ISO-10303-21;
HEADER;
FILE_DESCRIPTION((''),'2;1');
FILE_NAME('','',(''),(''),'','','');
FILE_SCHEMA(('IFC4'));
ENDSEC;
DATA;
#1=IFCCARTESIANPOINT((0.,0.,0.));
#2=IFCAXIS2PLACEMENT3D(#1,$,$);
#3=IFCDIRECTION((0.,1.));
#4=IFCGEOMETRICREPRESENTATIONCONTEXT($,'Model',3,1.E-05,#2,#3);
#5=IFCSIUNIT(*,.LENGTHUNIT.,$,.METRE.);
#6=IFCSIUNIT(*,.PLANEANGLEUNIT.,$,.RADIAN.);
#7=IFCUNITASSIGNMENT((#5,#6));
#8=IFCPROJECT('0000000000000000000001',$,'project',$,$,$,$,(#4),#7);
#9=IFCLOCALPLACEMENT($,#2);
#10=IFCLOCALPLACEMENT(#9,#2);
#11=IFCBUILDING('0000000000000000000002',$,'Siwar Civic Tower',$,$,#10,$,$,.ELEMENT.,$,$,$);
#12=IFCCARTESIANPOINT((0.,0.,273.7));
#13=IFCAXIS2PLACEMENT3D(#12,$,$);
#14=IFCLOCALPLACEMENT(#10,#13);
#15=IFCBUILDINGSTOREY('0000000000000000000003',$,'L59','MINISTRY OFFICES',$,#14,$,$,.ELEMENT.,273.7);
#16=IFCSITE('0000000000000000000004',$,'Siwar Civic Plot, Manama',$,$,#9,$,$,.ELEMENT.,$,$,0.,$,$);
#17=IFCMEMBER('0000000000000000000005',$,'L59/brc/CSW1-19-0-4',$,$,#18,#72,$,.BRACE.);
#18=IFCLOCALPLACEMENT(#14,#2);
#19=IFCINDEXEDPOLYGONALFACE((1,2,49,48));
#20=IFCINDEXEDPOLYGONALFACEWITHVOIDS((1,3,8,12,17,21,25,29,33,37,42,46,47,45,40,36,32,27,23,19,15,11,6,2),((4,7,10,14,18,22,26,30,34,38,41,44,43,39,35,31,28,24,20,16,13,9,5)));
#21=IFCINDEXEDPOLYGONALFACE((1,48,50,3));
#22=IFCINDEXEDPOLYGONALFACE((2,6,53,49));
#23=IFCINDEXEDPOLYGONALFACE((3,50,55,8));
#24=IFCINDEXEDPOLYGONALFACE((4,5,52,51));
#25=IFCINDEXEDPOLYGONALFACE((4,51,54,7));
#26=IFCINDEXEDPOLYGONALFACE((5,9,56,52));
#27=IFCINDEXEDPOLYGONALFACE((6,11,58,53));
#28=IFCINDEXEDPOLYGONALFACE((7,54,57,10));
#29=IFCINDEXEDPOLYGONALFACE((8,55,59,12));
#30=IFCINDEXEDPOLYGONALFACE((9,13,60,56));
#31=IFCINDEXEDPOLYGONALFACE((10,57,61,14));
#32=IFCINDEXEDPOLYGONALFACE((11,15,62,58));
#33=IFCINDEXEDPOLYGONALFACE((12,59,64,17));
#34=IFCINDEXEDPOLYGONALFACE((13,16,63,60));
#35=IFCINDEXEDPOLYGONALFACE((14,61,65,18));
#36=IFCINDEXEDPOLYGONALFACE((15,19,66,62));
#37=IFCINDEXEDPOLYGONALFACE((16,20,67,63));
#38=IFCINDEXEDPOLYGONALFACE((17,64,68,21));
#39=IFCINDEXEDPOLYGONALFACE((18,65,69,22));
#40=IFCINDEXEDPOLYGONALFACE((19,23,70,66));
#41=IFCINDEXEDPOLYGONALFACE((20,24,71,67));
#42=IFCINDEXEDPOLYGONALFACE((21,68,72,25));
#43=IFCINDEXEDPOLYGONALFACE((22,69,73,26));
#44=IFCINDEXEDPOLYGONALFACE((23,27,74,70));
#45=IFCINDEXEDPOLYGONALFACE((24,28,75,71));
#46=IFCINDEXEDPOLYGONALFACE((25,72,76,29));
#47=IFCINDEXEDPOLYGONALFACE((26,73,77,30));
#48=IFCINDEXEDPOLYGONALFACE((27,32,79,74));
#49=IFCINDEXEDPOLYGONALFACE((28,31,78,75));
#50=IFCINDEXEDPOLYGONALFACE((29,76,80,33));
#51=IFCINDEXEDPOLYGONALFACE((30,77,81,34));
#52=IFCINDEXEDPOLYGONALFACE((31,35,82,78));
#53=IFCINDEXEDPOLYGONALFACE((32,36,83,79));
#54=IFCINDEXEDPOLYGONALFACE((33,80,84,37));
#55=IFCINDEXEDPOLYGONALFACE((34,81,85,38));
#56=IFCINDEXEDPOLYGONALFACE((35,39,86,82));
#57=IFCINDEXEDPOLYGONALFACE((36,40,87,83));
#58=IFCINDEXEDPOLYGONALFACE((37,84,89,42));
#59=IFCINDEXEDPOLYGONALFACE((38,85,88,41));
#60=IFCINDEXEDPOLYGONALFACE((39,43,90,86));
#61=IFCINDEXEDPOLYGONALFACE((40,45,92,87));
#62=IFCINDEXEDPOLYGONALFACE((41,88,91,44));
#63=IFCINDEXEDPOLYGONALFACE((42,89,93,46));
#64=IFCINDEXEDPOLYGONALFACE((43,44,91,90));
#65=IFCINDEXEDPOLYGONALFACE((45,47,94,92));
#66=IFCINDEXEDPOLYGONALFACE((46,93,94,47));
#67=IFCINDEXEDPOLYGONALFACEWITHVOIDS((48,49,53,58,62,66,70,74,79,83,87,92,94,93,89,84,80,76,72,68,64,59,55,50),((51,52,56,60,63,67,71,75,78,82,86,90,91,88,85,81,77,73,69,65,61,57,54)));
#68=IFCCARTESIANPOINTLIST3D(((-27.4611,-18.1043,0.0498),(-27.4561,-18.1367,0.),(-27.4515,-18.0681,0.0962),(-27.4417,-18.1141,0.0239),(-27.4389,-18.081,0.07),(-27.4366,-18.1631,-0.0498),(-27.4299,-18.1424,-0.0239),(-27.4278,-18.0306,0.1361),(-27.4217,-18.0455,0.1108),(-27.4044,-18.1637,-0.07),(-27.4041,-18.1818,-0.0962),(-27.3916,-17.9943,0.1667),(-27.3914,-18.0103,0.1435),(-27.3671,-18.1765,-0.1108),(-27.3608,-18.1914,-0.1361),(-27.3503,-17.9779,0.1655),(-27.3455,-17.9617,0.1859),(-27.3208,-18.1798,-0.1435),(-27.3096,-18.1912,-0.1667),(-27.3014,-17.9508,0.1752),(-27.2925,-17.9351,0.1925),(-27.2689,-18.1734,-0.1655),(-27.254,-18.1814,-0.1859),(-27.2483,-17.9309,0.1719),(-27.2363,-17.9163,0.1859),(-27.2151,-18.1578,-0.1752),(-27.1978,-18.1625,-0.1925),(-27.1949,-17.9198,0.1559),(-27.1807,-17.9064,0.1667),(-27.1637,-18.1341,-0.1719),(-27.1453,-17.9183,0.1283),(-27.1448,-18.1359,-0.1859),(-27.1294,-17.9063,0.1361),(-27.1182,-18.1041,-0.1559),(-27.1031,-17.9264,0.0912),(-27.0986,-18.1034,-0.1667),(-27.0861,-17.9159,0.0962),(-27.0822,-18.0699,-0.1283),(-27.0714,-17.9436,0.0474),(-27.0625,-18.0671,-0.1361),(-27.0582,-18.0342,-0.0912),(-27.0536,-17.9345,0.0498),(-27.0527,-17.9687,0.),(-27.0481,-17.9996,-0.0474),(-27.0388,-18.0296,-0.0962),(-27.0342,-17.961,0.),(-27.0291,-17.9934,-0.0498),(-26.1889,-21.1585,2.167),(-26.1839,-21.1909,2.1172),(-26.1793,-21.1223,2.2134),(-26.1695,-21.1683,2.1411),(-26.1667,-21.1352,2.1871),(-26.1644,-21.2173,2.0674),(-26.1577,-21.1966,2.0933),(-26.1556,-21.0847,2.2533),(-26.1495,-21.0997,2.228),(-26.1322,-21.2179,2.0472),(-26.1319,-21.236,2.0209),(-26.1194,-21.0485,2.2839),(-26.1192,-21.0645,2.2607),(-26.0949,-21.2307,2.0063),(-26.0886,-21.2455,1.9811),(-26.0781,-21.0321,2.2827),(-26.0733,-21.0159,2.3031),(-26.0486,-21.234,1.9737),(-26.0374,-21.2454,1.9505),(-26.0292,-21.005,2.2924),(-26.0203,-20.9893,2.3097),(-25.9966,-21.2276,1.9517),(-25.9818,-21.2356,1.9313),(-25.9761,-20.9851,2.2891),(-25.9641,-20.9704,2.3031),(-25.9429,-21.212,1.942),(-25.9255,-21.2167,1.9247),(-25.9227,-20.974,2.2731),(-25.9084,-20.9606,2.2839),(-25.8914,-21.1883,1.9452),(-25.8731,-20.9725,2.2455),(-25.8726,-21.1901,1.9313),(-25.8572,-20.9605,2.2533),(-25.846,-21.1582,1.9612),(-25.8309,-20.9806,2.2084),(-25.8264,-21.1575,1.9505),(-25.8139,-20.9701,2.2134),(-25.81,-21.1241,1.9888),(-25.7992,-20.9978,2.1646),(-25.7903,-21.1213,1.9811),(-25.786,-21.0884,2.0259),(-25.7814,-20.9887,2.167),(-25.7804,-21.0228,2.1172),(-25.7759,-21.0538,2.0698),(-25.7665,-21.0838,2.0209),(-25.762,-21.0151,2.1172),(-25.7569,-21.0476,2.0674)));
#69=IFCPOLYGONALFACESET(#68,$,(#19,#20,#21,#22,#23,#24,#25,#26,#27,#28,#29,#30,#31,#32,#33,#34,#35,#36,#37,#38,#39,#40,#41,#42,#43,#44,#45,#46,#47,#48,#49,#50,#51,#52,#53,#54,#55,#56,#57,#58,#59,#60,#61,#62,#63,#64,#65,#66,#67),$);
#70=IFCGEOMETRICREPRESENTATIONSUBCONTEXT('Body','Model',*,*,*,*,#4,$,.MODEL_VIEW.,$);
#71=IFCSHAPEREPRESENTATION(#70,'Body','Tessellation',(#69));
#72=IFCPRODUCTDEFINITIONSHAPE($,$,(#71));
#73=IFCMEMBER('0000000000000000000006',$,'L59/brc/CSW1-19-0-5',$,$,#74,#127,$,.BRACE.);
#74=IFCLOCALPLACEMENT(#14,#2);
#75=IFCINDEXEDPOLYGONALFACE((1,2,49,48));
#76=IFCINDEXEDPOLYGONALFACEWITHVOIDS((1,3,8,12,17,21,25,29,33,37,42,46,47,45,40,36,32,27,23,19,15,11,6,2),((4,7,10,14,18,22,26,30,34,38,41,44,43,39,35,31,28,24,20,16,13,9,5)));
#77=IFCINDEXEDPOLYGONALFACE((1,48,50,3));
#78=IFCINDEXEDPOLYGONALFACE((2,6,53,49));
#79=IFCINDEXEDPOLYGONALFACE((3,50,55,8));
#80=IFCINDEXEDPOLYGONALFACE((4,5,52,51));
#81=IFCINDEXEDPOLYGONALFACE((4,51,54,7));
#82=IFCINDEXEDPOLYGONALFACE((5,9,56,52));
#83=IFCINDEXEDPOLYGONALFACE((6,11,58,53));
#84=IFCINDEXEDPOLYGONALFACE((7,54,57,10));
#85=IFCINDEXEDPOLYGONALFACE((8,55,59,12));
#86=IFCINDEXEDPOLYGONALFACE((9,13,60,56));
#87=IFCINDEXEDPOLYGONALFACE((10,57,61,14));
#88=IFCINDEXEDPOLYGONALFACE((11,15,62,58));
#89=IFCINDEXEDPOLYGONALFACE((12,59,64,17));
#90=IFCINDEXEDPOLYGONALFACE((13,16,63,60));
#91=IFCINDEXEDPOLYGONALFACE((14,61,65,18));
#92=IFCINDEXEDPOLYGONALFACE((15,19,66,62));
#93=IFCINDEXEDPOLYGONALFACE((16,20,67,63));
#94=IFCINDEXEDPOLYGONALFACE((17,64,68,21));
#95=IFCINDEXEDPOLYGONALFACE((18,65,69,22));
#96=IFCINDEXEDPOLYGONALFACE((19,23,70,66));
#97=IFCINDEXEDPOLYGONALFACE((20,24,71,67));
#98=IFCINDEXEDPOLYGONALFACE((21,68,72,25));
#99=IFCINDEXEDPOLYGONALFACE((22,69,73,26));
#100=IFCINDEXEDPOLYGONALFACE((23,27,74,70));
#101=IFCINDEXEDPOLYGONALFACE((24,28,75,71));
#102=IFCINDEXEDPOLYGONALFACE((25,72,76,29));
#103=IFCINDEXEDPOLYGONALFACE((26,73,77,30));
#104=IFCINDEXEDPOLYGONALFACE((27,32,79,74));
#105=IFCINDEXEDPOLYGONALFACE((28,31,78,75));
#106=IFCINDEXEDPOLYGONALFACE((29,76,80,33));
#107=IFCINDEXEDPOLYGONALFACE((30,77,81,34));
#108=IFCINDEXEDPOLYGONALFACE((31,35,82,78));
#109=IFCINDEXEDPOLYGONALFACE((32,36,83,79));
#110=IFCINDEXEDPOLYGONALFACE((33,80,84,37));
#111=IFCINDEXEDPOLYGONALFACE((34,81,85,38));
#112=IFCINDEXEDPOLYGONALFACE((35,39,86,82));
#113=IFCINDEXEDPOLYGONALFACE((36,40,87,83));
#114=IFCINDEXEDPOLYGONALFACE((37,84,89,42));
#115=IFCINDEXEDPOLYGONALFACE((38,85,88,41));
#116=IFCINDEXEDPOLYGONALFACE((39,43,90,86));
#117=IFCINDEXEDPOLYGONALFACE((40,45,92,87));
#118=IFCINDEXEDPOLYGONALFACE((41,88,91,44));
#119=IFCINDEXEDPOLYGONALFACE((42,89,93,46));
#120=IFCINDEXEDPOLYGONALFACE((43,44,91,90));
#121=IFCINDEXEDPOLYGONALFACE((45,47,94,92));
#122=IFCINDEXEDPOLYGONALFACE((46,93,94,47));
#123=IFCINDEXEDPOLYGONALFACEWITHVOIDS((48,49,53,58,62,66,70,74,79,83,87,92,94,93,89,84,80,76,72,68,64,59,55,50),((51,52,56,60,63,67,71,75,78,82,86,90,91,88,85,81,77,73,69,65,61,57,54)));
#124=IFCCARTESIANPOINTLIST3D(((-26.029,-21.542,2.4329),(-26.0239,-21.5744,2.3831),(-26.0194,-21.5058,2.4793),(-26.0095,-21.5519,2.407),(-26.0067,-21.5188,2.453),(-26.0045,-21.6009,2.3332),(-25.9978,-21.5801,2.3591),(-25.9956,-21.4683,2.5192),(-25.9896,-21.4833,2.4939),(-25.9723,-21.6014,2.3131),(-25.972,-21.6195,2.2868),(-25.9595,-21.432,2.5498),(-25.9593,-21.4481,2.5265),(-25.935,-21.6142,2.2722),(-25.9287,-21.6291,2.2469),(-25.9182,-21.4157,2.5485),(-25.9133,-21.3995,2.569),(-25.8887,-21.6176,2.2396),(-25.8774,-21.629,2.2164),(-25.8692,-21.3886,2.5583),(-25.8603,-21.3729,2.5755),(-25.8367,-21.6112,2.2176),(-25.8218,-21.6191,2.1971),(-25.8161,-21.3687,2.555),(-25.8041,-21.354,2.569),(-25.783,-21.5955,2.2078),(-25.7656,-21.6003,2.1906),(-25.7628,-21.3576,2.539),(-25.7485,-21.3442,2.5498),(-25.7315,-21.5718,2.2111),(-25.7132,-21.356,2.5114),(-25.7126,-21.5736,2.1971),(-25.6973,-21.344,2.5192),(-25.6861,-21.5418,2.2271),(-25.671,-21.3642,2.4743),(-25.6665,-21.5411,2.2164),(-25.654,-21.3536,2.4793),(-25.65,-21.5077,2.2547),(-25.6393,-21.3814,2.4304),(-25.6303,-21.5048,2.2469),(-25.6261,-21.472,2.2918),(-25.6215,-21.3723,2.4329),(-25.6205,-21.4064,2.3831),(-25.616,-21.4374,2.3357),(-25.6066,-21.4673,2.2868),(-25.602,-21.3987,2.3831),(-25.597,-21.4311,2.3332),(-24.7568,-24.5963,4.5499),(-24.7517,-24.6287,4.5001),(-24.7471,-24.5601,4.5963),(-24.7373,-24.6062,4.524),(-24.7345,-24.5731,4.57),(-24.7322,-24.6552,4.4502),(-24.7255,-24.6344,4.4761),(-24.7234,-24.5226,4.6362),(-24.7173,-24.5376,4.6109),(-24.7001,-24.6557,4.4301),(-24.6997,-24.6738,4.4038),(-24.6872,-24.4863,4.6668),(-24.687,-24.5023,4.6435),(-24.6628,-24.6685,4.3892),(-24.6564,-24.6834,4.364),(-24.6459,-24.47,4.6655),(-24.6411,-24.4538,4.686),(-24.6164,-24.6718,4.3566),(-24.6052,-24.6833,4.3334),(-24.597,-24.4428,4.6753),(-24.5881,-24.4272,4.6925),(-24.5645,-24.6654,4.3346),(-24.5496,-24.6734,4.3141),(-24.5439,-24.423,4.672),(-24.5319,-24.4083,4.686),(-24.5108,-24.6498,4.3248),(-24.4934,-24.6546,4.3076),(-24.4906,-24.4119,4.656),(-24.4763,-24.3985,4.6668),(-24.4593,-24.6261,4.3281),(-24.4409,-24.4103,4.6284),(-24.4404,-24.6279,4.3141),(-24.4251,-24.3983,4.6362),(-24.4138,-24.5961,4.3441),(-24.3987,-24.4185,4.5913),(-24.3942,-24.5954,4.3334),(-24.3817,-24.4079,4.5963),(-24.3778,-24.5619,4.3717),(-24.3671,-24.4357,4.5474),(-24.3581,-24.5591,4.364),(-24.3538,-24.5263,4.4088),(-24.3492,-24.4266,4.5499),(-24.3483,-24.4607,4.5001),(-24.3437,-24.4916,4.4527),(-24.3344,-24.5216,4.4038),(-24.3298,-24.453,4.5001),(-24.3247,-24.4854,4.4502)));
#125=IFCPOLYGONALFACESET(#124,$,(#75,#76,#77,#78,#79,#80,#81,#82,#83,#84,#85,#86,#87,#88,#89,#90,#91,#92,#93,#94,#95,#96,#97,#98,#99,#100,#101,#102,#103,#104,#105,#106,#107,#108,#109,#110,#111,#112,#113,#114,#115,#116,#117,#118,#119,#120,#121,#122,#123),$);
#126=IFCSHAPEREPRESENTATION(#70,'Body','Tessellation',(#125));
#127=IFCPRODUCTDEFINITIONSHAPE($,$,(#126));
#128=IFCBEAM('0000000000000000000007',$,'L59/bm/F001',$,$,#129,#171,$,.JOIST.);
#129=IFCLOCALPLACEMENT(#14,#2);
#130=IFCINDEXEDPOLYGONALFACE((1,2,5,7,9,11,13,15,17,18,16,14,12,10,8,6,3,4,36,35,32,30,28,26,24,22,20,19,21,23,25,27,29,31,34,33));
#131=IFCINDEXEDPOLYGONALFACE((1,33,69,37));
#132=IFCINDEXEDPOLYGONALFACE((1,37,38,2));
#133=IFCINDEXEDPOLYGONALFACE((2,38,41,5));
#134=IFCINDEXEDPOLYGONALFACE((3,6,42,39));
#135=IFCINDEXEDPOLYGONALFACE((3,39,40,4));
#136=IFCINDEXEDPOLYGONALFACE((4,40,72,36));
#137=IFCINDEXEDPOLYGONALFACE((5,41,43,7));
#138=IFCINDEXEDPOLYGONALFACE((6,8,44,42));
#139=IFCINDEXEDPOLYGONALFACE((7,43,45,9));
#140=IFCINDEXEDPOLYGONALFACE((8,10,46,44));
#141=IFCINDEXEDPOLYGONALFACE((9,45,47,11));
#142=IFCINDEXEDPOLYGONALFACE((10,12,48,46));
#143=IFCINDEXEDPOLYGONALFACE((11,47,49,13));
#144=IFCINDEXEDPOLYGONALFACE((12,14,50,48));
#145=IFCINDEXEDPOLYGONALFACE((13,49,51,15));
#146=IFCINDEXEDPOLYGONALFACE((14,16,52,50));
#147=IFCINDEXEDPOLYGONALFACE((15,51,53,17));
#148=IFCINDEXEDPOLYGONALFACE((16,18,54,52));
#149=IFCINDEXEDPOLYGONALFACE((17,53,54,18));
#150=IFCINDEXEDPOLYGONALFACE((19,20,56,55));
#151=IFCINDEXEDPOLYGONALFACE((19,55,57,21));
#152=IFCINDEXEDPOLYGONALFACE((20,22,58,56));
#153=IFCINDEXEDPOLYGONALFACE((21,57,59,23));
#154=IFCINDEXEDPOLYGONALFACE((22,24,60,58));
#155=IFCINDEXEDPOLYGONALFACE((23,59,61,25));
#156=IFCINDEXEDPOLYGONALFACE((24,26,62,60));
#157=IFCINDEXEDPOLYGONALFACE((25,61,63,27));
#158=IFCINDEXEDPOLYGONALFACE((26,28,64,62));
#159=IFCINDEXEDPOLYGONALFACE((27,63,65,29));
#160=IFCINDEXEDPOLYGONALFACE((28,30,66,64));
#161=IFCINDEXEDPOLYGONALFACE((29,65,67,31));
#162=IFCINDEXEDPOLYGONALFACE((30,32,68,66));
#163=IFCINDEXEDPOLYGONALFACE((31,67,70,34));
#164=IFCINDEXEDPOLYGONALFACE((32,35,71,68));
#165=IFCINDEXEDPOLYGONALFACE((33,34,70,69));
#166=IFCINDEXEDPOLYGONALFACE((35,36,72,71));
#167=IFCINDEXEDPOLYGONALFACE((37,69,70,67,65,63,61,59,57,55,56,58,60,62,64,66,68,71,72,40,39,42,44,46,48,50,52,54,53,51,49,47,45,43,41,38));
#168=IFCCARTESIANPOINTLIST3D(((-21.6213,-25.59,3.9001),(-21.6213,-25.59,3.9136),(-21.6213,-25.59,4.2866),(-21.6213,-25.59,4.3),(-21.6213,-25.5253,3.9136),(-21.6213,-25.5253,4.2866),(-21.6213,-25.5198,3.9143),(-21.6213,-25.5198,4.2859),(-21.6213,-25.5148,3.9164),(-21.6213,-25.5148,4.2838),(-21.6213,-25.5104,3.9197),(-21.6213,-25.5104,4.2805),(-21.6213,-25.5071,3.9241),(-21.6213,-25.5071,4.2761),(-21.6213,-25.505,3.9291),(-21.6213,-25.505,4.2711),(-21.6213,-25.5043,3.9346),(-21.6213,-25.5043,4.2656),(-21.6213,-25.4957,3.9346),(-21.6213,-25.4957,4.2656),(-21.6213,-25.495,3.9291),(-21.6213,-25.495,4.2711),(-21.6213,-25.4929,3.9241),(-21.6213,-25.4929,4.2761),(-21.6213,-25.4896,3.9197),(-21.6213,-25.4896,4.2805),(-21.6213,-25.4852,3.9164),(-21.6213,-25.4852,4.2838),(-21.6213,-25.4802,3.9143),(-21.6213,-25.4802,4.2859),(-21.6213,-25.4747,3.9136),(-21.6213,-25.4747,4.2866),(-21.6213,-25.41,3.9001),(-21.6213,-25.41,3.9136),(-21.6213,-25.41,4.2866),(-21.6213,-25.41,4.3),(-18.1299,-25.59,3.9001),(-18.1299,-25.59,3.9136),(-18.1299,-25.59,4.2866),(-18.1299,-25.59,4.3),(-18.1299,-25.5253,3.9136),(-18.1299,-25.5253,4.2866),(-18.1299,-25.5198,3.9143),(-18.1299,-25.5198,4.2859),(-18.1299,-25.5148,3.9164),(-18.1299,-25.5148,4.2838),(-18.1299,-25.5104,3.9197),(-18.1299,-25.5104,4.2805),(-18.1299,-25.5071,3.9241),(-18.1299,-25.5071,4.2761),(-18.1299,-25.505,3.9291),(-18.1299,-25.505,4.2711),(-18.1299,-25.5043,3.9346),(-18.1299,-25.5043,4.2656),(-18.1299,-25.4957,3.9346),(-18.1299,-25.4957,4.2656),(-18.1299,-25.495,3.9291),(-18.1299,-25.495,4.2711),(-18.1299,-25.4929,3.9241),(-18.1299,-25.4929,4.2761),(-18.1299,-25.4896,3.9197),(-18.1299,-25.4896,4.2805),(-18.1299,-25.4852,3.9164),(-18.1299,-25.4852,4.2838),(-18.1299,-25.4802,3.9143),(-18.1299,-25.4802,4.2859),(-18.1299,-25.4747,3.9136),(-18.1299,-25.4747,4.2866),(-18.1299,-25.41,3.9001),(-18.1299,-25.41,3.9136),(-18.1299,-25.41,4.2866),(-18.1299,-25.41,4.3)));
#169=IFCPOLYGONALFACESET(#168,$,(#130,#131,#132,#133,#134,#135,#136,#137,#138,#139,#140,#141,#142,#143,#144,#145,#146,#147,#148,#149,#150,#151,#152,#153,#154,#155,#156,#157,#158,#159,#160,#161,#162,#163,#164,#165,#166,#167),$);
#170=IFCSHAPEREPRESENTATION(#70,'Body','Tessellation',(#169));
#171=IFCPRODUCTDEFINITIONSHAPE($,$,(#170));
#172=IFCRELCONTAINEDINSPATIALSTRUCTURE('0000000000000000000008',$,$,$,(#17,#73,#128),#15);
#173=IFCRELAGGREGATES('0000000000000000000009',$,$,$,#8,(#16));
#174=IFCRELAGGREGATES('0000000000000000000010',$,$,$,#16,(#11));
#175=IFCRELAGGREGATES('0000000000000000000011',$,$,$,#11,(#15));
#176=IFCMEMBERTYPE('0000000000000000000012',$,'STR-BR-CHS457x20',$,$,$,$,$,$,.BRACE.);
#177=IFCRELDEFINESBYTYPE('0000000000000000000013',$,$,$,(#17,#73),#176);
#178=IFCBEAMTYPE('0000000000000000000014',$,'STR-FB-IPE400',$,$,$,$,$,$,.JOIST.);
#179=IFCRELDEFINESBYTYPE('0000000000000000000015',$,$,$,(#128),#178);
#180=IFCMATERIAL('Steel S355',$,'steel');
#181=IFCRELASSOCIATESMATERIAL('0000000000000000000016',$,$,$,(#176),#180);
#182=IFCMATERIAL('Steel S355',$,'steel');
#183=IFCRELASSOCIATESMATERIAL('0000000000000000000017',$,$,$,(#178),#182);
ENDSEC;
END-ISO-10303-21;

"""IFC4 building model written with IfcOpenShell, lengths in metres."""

from ifc_helpers import new_model, si_unit, direction, frame, origin, origin_2d, place, context, subcontext, project, spatial, hollow_circle, i_section, extrude, material, material_profile, profile_set, type_object, element, save


model = new_model("IFC4")

# Units and contexts
model_context = context("Model", 3, precision=1e-05, world=origin(), true_north=direction((0.0, 1.0)))
body_context = subcontext(model_context, "Body", "Model", "MODEL_VIEW")
ifc_project = project(units=[si_unit("LENGTHUNIT", "METRE"), si_unit("PLANEANGLEUNIT", "RADIAN")], contexts=[model_context])

# Site, building, storey
site_placement = place(None, origin())
site = spatial("IfcSite", under=ifc_project, at=site_placement, Name="Siwar Civic Plot, Manama", CompositionType="ELEMENT", RefElevation=0.0)
building_placement = place(site_placement, origin())
building = spatial("IfcBuilding", under=site, at=building_placement, Name="Siwar Civic Tower", CompositionType="ELEMENT")
storey_placement = place(building_placement, frame((0.0, 0.0, 273.7)))
storey = spatial("IfcBuildingStorey", under=building, at=storey_placement, Name="L59", Description="MINISTRY OFFICES", CompositionType="ELEMENT", Elevation=273.7)

# Members
ifc_material_1 = material(Name="Steel S355", Category="steel")
ifc_material_profile_1 = material_profile(ifc_material_1, hollow_circle(Radius=0.2285, WallThickness=0.02, at=origin_2d()), Name="CHS457x20")
ifc_profile_set_1 = profile_set([ifc_material_profile_1], Name="Steel S355")
member_type_1 = type_object("IfcMemberType", Name="STR-BR-CHS457x20", PredefinedType="BRACE", material=ifc_profile_set_1)
for number, where, z_axis, x_axis, name in (
    (1, (-27.2451, -18.0488, 0.0), (0.323884, -0.777546, 0.538999), (0.923116, 0.384521, 0.0), "L59/brc/CSW1-19-0-4"),
    (2, (-25.813, -21.4866, 2.3831), (0.323895, -0.777572, 0.538955), (0.923116, 0.384521, 0.0), "L59/brc/CSW1-19-0-5"),
):
    element("IfcMember", number, at=place(storey_placement, frame(where, z_axis=z_axis, x_axis=x_axis)), inside=storey, type_object=member_type_1, Name=name, PredefinedType="BRACE", context=body_context, shape_type="SweptSolid", body=[
        extrude(hollow_circle(Radius=0.2285, WallThickness=0.02, at=origin_2d()), origin(), (0.0, 0.0, 1.0), 3.928),
    ])

# Beam
ifc_material_2 = material(Name="Steel S355", Category="steel")
ifc_material_profile_2 = material_profile(ifc_material_2, i_section(OverallWidth=0.1799, OverallDepth=0.3999, WebThickness=0.0085, FlangeThickness=0.0134, FilletRadius=0.021, at=origin_2d()), Name="IPE400")
ifc_profile_set_2 = profile_set([ifc_material_profile_2], Name="Steel S355")
beam_type_1 = type_object("IfcBeamType", Name="STR-FB-IPE400", PredefinedType="JOIST", material=ifc_profile_set_2)
beam_1_placement = place(storey_placement, frame((-21.6213, -25.5, 4.1001), z_axis=(1.0, 0.0, 0.0), x_axis=(0.0, 1.0, 0.0)))
element("IfcBeam", 3, at=beam_1_placement, inside=storey, type_object=beam_type_1, Name="L59/bm/F001", PredefinedType="JOIST", context=body_context, shape_type="SweptSolid", body=[
    extrude(i_section(OverallWidth=0.1799, OverallDepth=0.3999, WebThickness=0.0085, FlangeThickness=0.0134, FilletRadius=0.021, at=origin_2d()), origin(), (0.0, 0.0, 1.0), 3.4915),
])

save(model, "model.ifc")
